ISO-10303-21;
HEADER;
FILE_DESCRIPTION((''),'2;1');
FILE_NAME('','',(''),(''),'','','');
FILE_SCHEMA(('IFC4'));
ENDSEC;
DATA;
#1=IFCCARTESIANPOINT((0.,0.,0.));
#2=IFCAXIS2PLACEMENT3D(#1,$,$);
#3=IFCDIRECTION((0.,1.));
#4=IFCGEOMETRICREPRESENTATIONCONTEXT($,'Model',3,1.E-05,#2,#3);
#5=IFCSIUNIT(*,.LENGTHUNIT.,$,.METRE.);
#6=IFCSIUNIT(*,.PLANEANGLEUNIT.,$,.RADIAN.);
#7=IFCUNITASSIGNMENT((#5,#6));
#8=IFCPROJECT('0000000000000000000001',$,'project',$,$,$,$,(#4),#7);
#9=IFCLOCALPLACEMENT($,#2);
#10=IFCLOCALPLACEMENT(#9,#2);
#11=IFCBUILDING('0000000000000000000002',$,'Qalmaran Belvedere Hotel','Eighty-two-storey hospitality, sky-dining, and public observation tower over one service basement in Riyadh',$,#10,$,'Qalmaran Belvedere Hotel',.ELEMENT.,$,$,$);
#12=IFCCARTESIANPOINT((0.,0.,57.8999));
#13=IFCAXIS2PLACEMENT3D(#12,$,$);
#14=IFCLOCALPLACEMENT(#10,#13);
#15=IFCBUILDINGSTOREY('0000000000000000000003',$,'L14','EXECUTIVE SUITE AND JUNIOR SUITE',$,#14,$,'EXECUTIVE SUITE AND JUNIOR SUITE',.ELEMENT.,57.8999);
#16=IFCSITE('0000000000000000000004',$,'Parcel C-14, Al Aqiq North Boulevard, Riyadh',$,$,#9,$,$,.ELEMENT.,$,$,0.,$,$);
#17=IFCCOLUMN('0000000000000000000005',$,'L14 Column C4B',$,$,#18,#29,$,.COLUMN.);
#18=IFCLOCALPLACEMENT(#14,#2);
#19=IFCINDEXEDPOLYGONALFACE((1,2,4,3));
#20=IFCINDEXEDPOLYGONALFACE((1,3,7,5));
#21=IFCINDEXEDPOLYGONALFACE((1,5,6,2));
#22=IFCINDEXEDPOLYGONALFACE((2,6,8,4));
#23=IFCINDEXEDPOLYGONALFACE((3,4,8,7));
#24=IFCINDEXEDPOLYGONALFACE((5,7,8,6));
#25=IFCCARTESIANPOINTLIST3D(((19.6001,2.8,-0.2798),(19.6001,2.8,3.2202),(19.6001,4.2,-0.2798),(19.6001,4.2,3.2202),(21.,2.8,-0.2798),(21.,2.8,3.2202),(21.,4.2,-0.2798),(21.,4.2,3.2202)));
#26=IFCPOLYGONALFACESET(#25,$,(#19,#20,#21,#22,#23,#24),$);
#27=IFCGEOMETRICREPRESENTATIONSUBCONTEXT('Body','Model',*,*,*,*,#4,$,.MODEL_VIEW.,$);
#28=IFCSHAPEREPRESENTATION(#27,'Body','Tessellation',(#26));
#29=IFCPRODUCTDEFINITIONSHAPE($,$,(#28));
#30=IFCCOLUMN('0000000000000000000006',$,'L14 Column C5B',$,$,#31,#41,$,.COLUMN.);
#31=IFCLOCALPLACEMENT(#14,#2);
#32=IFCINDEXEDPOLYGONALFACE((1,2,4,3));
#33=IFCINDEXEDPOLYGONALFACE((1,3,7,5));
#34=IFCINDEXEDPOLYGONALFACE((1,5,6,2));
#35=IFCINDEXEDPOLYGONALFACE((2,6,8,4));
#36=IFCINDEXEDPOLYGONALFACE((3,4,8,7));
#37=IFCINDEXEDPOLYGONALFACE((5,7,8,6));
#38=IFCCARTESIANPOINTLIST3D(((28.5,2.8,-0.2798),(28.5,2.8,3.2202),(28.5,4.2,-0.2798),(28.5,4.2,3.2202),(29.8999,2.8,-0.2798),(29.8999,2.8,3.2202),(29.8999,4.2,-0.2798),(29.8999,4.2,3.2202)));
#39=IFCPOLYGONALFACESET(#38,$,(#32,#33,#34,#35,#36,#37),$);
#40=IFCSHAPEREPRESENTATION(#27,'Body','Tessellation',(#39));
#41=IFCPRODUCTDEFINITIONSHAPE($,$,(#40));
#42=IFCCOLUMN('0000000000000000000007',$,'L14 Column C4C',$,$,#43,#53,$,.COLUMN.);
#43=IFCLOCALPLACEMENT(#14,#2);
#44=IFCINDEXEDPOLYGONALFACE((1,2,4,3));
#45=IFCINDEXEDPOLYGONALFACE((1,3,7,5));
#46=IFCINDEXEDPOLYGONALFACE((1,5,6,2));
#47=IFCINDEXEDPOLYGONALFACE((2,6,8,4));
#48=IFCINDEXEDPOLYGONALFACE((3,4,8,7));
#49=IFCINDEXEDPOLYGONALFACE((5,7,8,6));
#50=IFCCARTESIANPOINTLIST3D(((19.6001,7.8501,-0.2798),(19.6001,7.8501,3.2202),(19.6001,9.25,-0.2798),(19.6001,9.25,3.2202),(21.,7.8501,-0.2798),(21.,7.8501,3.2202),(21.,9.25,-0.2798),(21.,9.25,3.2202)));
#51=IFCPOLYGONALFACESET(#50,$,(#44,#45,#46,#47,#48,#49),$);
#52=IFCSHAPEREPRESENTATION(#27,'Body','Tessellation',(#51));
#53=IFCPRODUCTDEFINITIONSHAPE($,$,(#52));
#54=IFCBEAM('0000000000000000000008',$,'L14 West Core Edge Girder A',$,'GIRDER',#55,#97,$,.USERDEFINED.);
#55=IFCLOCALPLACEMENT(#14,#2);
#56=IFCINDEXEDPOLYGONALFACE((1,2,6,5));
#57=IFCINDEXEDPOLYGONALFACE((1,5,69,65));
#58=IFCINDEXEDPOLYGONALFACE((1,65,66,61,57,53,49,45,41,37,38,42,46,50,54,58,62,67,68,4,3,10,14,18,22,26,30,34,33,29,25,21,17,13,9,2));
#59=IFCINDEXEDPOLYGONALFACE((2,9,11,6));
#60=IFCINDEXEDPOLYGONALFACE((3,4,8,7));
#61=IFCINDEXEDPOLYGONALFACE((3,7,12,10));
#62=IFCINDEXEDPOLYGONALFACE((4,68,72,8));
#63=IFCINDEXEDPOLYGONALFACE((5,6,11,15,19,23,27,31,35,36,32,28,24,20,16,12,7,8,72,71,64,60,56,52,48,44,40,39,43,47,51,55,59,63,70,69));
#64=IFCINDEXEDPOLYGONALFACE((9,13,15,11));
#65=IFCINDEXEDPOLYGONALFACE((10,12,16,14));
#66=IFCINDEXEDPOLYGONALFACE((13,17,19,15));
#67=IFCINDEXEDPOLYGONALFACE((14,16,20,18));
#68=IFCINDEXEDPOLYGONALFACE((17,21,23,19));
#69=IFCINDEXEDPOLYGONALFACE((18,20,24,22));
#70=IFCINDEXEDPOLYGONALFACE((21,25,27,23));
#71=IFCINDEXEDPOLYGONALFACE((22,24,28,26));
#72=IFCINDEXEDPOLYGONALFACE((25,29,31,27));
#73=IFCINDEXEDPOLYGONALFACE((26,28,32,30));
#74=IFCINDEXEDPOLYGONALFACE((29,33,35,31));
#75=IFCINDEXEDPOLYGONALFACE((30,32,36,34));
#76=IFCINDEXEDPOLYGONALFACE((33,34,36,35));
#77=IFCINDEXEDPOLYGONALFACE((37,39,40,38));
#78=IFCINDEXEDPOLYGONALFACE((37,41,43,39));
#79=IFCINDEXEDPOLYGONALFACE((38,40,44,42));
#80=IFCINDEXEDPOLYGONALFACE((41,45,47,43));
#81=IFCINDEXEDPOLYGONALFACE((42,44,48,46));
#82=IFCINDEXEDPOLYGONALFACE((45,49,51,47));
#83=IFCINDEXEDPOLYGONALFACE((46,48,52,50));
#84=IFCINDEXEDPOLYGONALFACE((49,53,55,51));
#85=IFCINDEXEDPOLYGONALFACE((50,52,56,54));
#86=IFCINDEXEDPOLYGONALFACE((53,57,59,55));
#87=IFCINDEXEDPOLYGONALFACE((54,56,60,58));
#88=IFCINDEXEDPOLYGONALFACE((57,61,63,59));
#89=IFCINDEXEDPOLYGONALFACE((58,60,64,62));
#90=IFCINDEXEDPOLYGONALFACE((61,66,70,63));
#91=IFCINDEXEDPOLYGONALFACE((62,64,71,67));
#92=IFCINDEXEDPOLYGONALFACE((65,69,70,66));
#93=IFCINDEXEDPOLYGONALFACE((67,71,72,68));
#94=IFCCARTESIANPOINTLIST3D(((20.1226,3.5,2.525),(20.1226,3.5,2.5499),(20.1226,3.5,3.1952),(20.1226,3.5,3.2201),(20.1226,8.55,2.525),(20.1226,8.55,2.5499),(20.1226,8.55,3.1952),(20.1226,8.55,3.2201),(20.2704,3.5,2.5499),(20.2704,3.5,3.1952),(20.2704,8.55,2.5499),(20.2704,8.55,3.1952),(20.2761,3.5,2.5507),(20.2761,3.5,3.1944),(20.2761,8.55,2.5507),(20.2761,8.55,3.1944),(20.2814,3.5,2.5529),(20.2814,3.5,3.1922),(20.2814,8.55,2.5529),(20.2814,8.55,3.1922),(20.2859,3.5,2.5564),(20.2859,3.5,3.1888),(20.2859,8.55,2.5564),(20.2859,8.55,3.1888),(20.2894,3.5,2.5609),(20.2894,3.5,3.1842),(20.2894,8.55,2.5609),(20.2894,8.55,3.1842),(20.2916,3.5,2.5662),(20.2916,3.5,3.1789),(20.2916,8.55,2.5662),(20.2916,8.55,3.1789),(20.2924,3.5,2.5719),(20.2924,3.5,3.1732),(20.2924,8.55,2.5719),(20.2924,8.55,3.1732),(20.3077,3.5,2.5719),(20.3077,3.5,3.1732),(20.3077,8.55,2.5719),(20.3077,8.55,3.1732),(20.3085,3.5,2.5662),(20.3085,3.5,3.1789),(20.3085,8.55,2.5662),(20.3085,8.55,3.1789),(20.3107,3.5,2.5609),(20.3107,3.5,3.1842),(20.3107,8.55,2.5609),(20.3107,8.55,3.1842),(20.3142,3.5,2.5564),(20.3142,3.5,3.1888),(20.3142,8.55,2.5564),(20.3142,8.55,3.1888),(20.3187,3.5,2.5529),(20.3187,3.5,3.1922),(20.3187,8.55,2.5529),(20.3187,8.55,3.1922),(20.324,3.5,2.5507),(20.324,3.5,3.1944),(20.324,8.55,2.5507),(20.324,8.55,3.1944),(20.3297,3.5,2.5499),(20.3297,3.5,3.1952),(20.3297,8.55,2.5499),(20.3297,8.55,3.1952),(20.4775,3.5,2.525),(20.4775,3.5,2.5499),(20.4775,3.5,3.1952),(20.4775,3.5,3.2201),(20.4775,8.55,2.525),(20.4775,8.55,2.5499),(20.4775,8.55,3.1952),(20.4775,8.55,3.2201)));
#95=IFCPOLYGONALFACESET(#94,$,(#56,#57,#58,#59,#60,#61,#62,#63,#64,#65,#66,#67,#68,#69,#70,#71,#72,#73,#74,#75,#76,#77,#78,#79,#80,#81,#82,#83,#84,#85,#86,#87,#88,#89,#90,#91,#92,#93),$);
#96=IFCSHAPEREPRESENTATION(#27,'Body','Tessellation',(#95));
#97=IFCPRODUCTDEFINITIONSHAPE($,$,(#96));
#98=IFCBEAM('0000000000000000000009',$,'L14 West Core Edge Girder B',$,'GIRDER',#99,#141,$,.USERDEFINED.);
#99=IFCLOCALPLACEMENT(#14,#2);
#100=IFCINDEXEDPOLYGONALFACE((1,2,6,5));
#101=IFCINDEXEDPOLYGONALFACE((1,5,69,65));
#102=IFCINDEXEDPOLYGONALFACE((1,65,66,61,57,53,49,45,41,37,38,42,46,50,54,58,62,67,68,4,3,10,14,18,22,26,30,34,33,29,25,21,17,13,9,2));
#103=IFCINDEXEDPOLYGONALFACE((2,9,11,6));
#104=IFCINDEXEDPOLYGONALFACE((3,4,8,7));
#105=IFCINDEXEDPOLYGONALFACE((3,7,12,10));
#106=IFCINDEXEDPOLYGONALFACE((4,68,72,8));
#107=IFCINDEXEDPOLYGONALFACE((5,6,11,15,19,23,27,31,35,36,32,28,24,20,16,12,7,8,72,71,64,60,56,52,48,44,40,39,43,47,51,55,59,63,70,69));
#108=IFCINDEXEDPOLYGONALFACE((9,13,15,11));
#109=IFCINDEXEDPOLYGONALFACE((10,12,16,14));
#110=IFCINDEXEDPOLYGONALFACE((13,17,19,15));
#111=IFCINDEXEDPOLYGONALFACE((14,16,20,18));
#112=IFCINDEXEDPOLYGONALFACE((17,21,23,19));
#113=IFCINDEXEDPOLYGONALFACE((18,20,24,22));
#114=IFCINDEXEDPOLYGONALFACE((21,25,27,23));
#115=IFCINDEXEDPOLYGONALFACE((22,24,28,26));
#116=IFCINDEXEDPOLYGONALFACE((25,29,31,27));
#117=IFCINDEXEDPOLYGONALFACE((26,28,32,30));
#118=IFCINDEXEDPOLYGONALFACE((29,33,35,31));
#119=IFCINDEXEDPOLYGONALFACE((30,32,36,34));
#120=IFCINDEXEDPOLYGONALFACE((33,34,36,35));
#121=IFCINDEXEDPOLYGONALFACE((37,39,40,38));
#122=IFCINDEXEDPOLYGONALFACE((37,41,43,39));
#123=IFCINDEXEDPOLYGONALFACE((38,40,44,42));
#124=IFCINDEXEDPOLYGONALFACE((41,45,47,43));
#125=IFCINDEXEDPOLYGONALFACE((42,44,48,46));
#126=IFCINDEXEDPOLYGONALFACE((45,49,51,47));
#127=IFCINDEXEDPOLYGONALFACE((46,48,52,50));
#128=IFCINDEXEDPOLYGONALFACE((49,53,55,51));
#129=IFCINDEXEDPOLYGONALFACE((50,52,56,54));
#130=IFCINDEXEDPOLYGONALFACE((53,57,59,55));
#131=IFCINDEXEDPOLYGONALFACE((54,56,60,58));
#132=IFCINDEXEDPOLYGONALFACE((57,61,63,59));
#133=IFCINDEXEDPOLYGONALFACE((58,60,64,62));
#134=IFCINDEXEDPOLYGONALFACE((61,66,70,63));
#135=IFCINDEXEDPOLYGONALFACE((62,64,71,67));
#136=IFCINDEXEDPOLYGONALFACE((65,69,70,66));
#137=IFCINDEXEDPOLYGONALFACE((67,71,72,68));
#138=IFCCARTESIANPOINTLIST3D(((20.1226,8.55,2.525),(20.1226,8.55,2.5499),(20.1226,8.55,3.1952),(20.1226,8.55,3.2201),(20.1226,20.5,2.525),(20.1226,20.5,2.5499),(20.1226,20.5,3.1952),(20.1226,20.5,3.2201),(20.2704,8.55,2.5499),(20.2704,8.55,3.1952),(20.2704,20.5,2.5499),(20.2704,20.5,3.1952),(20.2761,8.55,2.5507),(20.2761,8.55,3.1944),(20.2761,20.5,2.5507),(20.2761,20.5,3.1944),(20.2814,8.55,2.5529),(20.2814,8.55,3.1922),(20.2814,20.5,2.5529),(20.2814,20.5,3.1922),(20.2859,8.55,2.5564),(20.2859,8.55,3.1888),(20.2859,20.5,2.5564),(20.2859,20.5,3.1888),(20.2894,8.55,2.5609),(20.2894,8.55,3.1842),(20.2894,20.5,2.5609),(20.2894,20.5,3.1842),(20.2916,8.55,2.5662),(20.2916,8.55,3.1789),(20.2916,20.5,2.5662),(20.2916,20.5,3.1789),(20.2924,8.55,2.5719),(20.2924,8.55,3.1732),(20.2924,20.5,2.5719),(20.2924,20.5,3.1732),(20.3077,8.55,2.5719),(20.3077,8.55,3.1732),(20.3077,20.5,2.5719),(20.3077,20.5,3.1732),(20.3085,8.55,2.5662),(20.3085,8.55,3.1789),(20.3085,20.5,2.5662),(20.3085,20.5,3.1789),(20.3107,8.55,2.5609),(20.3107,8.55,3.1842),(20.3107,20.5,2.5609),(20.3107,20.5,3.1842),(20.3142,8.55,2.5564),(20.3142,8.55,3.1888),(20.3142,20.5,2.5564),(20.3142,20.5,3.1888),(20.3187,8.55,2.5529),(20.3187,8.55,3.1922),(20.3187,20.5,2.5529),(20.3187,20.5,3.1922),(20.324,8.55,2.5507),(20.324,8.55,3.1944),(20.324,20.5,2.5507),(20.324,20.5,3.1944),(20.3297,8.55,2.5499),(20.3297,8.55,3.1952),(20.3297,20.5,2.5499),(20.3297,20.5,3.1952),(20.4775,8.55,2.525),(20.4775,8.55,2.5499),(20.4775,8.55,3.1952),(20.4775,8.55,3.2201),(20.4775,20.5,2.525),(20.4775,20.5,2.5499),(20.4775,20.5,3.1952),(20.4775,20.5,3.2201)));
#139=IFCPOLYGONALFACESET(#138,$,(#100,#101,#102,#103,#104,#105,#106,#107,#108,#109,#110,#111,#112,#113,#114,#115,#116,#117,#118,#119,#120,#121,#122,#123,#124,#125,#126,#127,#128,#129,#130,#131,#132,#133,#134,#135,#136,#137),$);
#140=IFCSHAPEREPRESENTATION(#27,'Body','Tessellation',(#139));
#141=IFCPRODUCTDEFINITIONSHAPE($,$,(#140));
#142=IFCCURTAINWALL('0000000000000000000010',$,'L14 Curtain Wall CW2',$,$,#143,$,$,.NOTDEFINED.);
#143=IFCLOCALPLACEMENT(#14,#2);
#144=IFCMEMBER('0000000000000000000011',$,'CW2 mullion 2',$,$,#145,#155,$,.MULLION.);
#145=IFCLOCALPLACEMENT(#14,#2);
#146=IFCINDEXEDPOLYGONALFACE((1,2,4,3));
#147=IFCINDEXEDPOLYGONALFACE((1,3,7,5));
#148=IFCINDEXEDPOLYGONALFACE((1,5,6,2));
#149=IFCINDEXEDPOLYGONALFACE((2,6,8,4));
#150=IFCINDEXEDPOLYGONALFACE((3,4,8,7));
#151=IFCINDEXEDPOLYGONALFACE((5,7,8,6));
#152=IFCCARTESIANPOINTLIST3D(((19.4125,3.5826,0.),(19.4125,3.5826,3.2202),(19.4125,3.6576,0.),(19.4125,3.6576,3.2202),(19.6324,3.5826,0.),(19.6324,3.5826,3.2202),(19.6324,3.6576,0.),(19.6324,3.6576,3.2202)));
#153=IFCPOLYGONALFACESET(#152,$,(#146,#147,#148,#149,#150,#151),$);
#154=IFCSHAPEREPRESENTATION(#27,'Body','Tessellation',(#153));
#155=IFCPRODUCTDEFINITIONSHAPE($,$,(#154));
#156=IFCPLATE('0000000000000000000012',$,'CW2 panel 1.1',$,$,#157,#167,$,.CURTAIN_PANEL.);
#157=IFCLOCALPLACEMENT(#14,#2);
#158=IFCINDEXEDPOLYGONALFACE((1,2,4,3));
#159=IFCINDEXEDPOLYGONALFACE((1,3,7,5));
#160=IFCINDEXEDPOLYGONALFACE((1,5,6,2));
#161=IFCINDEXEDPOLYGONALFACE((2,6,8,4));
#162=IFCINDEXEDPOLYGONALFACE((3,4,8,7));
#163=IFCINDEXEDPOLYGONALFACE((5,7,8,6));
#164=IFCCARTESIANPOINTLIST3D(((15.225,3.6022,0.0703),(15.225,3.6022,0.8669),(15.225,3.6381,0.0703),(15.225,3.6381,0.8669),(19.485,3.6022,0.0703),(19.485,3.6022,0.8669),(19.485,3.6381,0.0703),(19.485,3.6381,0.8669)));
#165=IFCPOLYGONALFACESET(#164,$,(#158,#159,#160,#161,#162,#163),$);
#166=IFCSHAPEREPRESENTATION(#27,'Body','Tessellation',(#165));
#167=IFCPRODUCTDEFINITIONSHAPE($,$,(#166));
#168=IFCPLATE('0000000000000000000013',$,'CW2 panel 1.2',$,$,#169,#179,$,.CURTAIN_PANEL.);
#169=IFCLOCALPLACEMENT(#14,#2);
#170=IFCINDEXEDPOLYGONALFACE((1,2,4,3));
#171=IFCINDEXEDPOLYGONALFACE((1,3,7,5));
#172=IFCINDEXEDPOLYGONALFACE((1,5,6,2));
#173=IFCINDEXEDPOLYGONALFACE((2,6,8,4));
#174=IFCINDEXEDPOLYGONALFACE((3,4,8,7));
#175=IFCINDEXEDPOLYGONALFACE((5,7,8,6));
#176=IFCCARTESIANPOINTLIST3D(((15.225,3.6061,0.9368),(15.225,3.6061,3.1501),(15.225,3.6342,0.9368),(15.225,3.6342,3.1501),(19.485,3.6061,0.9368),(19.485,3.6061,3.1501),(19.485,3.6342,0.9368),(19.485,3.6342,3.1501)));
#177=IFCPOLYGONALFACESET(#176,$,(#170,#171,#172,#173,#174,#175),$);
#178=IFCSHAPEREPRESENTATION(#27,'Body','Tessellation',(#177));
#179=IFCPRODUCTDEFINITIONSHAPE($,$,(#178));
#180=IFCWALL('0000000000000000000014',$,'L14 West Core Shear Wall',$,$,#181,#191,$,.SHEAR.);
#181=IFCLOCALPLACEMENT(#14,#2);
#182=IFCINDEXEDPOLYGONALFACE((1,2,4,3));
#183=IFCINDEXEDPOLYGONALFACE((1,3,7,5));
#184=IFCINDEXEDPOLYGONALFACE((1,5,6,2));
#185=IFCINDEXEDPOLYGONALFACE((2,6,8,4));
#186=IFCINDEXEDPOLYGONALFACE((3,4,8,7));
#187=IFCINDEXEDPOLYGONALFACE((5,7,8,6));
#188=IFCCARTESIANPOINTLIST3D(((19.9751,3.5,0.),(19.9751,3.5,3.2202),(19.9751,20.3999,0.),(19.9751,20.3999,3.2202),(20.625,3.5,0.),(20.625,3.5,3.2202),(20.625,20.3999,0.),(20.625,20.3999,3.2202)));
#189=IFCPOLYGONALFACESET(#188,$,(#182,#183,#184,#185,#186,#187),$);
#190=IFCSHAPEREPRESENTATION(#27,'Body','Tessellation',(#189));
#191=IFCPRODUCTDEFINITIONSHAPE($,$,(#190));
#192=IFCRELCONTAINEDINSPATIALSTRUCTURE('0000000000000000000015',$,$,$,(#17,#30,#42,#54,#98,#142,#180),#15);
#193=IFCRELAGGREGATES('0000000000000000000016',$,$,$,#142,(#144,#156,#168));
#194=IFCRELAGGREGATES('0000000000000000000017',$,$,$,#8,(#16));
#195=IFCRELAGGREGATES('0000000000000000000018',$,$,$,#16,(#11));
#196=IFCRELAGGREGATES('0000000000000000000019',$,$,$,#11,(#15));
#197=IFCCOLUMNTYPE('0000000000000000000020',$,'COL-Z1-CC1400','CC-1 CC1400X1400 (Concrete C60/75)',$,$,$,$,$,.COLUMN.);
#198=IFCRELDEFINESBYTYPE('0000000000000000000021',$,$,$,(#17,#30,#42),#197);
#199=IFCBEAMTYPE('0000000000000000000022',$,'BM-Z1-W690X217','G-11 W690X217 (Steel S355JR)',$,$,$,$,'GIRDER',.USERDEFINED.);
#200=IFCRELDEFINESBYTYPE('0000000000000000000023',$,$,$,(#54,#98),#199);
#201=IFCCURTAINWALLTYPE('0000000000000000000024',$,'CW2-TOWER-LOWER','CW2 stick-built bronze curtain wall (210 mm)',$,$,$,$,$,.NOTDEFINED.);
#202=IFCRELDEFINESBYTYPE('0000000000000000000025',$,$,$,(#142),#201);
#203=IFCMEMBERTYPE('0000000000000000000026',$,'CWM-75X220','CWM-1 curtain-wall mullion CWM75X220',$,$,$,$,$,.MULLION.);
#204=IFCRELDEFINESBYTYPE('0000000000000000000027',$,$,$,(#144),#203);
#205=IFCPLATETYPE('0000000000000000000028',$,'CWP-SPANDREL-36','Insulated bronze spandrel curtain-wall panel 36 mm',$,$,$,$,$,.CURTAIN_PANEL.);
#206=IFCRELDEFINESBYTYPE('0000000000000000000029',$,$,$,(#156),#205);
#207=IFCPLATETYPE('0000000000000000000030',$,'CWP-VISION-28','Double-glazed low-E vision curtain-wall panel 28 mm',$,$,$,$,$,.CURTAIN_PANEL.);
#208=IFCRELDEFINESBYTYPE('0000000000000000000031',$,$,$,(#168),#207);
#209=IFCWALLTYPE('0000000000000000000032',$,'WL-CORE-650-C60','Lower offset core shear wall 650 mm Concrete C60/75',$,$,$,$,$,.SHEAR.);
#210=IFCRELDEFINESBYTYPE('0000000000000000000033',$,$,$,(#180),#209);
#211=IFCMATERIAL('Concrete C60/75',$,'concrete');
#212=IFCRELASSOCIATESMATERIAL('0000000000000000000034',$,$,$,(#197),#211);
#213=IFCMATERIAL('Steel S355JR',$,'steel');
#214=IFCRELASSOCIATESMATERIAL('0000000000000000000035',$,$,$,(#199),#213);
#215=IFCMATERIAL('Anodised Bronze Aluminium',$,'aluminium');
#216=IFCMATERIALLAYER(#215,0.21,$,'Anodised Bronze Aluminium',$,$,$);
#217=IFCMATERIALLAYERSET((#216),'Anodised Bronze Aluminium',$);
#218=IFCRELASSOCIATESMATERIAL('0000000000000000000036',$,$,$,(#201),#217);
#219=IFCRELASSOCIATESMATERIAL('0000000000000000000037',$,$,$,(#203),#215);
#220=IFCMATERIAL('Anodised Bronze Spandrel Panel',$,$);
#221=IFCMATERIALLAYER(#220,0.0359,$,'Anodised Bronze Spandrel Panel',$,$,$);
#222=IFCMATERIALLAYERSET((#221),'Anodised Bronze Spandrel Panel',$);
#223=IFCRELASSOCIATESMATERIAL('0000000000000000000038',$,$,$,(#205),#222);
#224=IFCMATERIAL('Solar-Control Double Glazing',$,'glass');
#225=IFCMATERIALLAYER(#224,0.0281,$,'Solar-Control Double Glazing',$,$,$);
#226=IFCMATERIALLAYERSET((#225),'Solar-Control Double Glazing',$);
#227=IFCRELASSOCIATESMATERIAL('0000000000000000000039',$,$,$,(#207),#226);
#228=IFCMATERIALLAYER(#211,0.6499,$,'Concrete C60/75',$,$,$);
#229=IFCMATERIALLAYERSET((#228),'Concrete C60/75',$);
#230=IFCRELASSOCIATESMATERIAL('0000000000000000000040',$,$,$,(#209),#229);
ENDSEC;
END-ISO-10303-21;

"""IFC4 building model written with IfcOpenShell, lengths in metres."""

from ifc_helpers import new_model, si_unit, direction, frame, frame_2d, origin, origin_2d, place, context, subcontext, project, spatial, rectangle, i_section, extrude, material, layer, layer_set, material_profile, profile_set, type_object, element, aggregate, save


model = new_model("IFC4")

# Units and contexts
model_context = context("Model", 3, precision=1e-05, world=origin(), true_north=direction((0.0, 1.0)))
body_context = subcontext(model_context, "Body", "Model", "MODEL_VIEW")
ifc_project = project(units=[si_unit("LENGTHUNIT", "METRE"), si_unit("PLANEANGLEUNIT", "RADIAN")], contexts=[model_context])

# Site, building, storey
site_placement = place(None, origin())
site = spatial("IfcSite", under=ifc_project, at=site_placement, Name="Parcel C-14, Al Aqiq North Boulevard, Riyadh", CompositionType="ELEMENT", RefElevation=0.0)
building_placement = place(site_placement, origin())
building = spatial("IfcBuilding", under=site, at=building_placement, Name="Qalmaran Belvedere Hotel", Description="Eighty-two-storey hospitality, sky-dining, and public observation tower over one service basement in Riyadh", LongName="Qalmaran Belvedere Hotel", CompositionType="ELEMENT")
storey_placement = place(building_placement, frame((0.0, 0.0, 57.8999)))
storey = spatial("IfcBuildingStorey", under=building, at=storey_placement, Name="L14", Description="EXECUTIVE SUITE AND JUNIOR SUITE", LongName="EXECUTIVE SUITE AND JUNIOR SUITE", CompositionType="ELEMENT", Elevation=57.8999)

# Columns
ifc_material_1 = material(Name="Concrete C60/75", Category="concrete")
ifc_material_profile_1 = material_profile(ifc_material_1, rectangle(XDim=1.3999, YDim=1.3999, at=origin_2d()), Name="CC1400X1400")
ifc_profile_set_1 = profile_set([ifc_material_profile_1], Name="Concrete C60/75")
column_type = type_object("IfcColumnType", Name="COL-Z1-CC1400", Description="CC-1 CC1400X1400 (Concrete C60/75)", PredefinedType="COLUMN", material=ifc_profile_set_1)
for number, where, z_axis, x_axis, name in (
    (1, (20.3, 3.5, -0.2798), (0.0, 0.0, 1.0), (1.0, 0.0, 0.0), "L14 Column C4B"),
    (2, (29.2, 3.5, -0.2798), (0.0, 0.0, 1.0), (1.0, 0.0, 0.0), "L14 Column C5B"),
    (3, (20.3, 8.55, -0.2798), (0.0, 0.0, 1.0), (1.0, 0.0, 0.0), "L14 Column C4C"),
):
    element("IfcColumn", number, at=place(storey_placement, frame(where, z_axis=z_axis, x_axis=x_axis)), inside=storey, type_object=column_type, Name=name, PredefinedType="COLUMN", context=body_context, shape_type="SweptSolid", body=[
        extrude(rectangle(XDim=1.3999, YDim=1.3999, at=origin_2d()), origin(), (0.0, 0.0, 1.0), 3.5),
    ])

# Beams
ifc_material_2 = material(Name="Steel S355JR", Category="steel")
ifc_material_profile_2 = material_profile(ifc_material_2, i_section(OverallWidth=0.355, OverallDepth=0.6951, WebThickness=0.0154, FlangeThickness=0.0249, FilletRadius=0.022, at=origin_2d()), Name="W690X217")
ifc_profile_set_2 = profile_set([ifc_material_profile_2], Name="Steel S355JR")
beam_type = type_object("IfcBeamType", Name="BM-Z1-W690X217", Description="G-11 W690X217 (Steel S355JR)", ElementType="GIRDER", PredefinedType="USERDEFINED", material=ifc_profile_set_2)
beam_1_placement = place(storey_placement, frame((20.3, 3.5, 2.8726), z_axis=(0.0, 1.0, 0.0), x_axis=(-1.0, 0.0, 0.0)))
element("IfcBeam", 4, at=beam_1_placement, inside=storey, type_object=beam_type, Name="L14 West Core Edge Girder A", ObjectType="GIRDER", PredefinedType="USERDEFINED", context=body_context, shape_type="SweptSolid", body=[
    extrude(i_section(OverallWidth=0.355, OverallDepth=0.6951, WebThickness=0.0154, FlangeThickness=0.0249, FilletRadius=0.022, at=origin_2d()), origin(), (0.0, 0.0, 1.0), 5.05),
])
beam_2_placement = place(storey_placement, frame((20.3, 8.55, 2.8726), z_axis=(0.0, 1.0, 0.0), x_axis=(-1.0, 0.0, 0.0)))
element("IfcBeam", 5, at=beam_2_placement, inside=storey, type_object=beam_type, Name="L14 West Core Edge Girder B", ObjectType="GIRDER", PredefinedType="USERDEFINED", context=body_context, shape_type="SweptSolid", body=[
    extrude(i_section(OverallWidth=0.355, OverallDepth=0.6951, WebThickness=0.0154, FlangeThickness=0.0249, FilletRadius=0.022, at=origin_2d()), origin(), (0.0, 0.0, 1.0), 11.95),
])

# Curtain wall, member, plates
ifc_material_3 = material(Name="Anodised Bronze Aluminium", Category="aluminium")
ifc_layer_1 = layer(ifc_material_3, 0.21, Name="Anodised Bronze Aluminium")
ifc_layer_set_1 = layer_set([ifc_layer_1], Name="Anodised Bronze Aluminium")
curtain_wall_type = type_object("IfcCurtainWallType", Name="CW2-TOWER-LOWER", Description="CW2 stick-built bronze curtain wall (210 mm)", PredefinedType="NOTDEFINED", material=ifc_layer_set_1)
curtain_wall_placement = place(storey_placement, origin())
curtain_wall = element("IfcCurtainWall", 6, at=curtain_wall_placement, inside=storey, type_object=curtain_wall_type, Name="L14 Curtain Wall CW2", PredefinedType="NOTDEFINED")
ifc_material_profile_3 = material_profile(ifc_material_3, rectangle(XDim=0.075, YDim=0.22, at=origin_2d()), Name="CWM75X220")
ifc_profile_set_3 = profile_set([ifc_material_profile_3], Name="Anodised Bronze Aluminium")
member_type = type_object("IfcMemberType", Name="CWM-75X220", Description="CWM-1 curtain-wall mullion CWM75X220", PredefinedType="MULLION", material=ifc_profile_set_3)
member_placement = place(storey_placement, frame((19.5225, 3.6201, 0.0), z_axis=(0.0, 0.0, 1.0), x_axis=(0.0, 1.0, 0.0)))
member = element("IfcMember", 7, at=member_placement, type_object=member_type, Name="CW2 mullion 2", PredefinedType="MULLION", context=body_context, shape_type="SweptSolid", body=[
    extrude(rectangle(XDim=0.075, YDim=0.22, at=origin_2d()), origin(), (0.0, 0.0, 1.0), 3.2202),
])
ifc_material_4 = material(Name="Anodised Bronze Spandrel Panel")
ifc_layer_2 = layer(ifc_material_4, 0.0359, Name="Anodised Bronze Spandrel Panel")
ifc_layer_set_2 = layer_set([ifc_layer_2], Name="Anodised Bronze Spandrel Panel")
plate_type_1 = type_object("IfcPlateType", Name="CWP-SPANDREL-36", Description="Insulated bronze spandrel curtain-wall panel 36 mm", PredefinedType="CURTAIN_PANEL", material=ifc_layer_set_2)
plate_1_placement = place(storey_placement, frame((17.355, 3.6201, 0.0703), z_axis=(0.0, 0.0, 1.0), x_axis=(1.0, 0.0, 0.0)))
plate_1 = element("IfcPlate", 8, at=plate_1_placement, type_object=plate_type_1, Name="CW2 panel 1.1", PredefinedType="CURTAIN_PANEL", context=body_context, shape_type="SweptSolid", body=[
    extrude(rectangle(XDim=4.26, YDim=0.0359, at=origin_2d()), origin(), (0.0, 0.0, 1.0), 0.7966),
])
ifc_material_5 = material(Name="Solar-Control Double Glazing", Category="glass")
ifc_layer_3 = layer(ifc_material_5, 0.0281, Name="Solar-Control Double Glazing")
ifc_layer_set_3 = layer_set([ifc_layer_3], Name="Solar-Control Double Glazing")
plate_type_2 = type_object("IfcPlateType", Name="CWP-VISION-28", Description="Double-glazed low-E vision curtain-wall panel 28 mm", PredefinedType="CURTAIN_PANEL", material=ifc_layer_set_3)
plate_2_placement = place(storey_placement, frame((17.355, 3.6201, 0.9368), z_axis=(0.0, 0.0, 1.0), x_axis=(1.0, 0.0, 0.0)))
plate_2 = element("IfcPlate", 9, at=plate_2_placement, type_object=plate_type_2, Name="CW2 panel 1.2", PredefinedType="CURTAIN_PANEL", context=body_context, shape_type="SweptSolid", body=[
    extrude(rectangle(XDim=4.26, YDim=0.0281, at=origin_2d()), origin(), (0.0, 0.0, 1.0), 2.2134),
])
aggregate(curtain_wall, [member, plate_1, plate_2])

# Wall
ifc_layer_4 = layer(ifc_material_1, 0.6499, Name="Concrete C60/75")
ifc_layer_set_4 = layer_set([ifc_layer_4], Name="Concrete C60/75")
wall_type_1 = type_object("IfcWallType", Name="WL-CORE-650-C60", Description="Lower offset core shear wall 650 mm Concrete C60/75", PredefinedType="SHEAR", material=ifc_layer_set_4)
wall_1_placement = place(storey_placement, frame((20.3, 3.5, 0.0), z_axis=(0.0, 0.0, 1.0), x_axis=(0.0, 1.0, 0.0)))
element("IfcWall", 10, at=wall_1_placement, inside=storey, type_object=wall_type_1, Name="L14 West Core Shear Wall", PredefinedType="SHEAR", context=body_context, shape_type="SweptSolid", body=[
    extrude(rectangle(XDim=16.8999, YDim=0.6499, at=frame_2d((8.45, 0.0))), origin(), (0.0, 0.0, 1.0), 3.2202),
])

save(model, "model.ifc")
